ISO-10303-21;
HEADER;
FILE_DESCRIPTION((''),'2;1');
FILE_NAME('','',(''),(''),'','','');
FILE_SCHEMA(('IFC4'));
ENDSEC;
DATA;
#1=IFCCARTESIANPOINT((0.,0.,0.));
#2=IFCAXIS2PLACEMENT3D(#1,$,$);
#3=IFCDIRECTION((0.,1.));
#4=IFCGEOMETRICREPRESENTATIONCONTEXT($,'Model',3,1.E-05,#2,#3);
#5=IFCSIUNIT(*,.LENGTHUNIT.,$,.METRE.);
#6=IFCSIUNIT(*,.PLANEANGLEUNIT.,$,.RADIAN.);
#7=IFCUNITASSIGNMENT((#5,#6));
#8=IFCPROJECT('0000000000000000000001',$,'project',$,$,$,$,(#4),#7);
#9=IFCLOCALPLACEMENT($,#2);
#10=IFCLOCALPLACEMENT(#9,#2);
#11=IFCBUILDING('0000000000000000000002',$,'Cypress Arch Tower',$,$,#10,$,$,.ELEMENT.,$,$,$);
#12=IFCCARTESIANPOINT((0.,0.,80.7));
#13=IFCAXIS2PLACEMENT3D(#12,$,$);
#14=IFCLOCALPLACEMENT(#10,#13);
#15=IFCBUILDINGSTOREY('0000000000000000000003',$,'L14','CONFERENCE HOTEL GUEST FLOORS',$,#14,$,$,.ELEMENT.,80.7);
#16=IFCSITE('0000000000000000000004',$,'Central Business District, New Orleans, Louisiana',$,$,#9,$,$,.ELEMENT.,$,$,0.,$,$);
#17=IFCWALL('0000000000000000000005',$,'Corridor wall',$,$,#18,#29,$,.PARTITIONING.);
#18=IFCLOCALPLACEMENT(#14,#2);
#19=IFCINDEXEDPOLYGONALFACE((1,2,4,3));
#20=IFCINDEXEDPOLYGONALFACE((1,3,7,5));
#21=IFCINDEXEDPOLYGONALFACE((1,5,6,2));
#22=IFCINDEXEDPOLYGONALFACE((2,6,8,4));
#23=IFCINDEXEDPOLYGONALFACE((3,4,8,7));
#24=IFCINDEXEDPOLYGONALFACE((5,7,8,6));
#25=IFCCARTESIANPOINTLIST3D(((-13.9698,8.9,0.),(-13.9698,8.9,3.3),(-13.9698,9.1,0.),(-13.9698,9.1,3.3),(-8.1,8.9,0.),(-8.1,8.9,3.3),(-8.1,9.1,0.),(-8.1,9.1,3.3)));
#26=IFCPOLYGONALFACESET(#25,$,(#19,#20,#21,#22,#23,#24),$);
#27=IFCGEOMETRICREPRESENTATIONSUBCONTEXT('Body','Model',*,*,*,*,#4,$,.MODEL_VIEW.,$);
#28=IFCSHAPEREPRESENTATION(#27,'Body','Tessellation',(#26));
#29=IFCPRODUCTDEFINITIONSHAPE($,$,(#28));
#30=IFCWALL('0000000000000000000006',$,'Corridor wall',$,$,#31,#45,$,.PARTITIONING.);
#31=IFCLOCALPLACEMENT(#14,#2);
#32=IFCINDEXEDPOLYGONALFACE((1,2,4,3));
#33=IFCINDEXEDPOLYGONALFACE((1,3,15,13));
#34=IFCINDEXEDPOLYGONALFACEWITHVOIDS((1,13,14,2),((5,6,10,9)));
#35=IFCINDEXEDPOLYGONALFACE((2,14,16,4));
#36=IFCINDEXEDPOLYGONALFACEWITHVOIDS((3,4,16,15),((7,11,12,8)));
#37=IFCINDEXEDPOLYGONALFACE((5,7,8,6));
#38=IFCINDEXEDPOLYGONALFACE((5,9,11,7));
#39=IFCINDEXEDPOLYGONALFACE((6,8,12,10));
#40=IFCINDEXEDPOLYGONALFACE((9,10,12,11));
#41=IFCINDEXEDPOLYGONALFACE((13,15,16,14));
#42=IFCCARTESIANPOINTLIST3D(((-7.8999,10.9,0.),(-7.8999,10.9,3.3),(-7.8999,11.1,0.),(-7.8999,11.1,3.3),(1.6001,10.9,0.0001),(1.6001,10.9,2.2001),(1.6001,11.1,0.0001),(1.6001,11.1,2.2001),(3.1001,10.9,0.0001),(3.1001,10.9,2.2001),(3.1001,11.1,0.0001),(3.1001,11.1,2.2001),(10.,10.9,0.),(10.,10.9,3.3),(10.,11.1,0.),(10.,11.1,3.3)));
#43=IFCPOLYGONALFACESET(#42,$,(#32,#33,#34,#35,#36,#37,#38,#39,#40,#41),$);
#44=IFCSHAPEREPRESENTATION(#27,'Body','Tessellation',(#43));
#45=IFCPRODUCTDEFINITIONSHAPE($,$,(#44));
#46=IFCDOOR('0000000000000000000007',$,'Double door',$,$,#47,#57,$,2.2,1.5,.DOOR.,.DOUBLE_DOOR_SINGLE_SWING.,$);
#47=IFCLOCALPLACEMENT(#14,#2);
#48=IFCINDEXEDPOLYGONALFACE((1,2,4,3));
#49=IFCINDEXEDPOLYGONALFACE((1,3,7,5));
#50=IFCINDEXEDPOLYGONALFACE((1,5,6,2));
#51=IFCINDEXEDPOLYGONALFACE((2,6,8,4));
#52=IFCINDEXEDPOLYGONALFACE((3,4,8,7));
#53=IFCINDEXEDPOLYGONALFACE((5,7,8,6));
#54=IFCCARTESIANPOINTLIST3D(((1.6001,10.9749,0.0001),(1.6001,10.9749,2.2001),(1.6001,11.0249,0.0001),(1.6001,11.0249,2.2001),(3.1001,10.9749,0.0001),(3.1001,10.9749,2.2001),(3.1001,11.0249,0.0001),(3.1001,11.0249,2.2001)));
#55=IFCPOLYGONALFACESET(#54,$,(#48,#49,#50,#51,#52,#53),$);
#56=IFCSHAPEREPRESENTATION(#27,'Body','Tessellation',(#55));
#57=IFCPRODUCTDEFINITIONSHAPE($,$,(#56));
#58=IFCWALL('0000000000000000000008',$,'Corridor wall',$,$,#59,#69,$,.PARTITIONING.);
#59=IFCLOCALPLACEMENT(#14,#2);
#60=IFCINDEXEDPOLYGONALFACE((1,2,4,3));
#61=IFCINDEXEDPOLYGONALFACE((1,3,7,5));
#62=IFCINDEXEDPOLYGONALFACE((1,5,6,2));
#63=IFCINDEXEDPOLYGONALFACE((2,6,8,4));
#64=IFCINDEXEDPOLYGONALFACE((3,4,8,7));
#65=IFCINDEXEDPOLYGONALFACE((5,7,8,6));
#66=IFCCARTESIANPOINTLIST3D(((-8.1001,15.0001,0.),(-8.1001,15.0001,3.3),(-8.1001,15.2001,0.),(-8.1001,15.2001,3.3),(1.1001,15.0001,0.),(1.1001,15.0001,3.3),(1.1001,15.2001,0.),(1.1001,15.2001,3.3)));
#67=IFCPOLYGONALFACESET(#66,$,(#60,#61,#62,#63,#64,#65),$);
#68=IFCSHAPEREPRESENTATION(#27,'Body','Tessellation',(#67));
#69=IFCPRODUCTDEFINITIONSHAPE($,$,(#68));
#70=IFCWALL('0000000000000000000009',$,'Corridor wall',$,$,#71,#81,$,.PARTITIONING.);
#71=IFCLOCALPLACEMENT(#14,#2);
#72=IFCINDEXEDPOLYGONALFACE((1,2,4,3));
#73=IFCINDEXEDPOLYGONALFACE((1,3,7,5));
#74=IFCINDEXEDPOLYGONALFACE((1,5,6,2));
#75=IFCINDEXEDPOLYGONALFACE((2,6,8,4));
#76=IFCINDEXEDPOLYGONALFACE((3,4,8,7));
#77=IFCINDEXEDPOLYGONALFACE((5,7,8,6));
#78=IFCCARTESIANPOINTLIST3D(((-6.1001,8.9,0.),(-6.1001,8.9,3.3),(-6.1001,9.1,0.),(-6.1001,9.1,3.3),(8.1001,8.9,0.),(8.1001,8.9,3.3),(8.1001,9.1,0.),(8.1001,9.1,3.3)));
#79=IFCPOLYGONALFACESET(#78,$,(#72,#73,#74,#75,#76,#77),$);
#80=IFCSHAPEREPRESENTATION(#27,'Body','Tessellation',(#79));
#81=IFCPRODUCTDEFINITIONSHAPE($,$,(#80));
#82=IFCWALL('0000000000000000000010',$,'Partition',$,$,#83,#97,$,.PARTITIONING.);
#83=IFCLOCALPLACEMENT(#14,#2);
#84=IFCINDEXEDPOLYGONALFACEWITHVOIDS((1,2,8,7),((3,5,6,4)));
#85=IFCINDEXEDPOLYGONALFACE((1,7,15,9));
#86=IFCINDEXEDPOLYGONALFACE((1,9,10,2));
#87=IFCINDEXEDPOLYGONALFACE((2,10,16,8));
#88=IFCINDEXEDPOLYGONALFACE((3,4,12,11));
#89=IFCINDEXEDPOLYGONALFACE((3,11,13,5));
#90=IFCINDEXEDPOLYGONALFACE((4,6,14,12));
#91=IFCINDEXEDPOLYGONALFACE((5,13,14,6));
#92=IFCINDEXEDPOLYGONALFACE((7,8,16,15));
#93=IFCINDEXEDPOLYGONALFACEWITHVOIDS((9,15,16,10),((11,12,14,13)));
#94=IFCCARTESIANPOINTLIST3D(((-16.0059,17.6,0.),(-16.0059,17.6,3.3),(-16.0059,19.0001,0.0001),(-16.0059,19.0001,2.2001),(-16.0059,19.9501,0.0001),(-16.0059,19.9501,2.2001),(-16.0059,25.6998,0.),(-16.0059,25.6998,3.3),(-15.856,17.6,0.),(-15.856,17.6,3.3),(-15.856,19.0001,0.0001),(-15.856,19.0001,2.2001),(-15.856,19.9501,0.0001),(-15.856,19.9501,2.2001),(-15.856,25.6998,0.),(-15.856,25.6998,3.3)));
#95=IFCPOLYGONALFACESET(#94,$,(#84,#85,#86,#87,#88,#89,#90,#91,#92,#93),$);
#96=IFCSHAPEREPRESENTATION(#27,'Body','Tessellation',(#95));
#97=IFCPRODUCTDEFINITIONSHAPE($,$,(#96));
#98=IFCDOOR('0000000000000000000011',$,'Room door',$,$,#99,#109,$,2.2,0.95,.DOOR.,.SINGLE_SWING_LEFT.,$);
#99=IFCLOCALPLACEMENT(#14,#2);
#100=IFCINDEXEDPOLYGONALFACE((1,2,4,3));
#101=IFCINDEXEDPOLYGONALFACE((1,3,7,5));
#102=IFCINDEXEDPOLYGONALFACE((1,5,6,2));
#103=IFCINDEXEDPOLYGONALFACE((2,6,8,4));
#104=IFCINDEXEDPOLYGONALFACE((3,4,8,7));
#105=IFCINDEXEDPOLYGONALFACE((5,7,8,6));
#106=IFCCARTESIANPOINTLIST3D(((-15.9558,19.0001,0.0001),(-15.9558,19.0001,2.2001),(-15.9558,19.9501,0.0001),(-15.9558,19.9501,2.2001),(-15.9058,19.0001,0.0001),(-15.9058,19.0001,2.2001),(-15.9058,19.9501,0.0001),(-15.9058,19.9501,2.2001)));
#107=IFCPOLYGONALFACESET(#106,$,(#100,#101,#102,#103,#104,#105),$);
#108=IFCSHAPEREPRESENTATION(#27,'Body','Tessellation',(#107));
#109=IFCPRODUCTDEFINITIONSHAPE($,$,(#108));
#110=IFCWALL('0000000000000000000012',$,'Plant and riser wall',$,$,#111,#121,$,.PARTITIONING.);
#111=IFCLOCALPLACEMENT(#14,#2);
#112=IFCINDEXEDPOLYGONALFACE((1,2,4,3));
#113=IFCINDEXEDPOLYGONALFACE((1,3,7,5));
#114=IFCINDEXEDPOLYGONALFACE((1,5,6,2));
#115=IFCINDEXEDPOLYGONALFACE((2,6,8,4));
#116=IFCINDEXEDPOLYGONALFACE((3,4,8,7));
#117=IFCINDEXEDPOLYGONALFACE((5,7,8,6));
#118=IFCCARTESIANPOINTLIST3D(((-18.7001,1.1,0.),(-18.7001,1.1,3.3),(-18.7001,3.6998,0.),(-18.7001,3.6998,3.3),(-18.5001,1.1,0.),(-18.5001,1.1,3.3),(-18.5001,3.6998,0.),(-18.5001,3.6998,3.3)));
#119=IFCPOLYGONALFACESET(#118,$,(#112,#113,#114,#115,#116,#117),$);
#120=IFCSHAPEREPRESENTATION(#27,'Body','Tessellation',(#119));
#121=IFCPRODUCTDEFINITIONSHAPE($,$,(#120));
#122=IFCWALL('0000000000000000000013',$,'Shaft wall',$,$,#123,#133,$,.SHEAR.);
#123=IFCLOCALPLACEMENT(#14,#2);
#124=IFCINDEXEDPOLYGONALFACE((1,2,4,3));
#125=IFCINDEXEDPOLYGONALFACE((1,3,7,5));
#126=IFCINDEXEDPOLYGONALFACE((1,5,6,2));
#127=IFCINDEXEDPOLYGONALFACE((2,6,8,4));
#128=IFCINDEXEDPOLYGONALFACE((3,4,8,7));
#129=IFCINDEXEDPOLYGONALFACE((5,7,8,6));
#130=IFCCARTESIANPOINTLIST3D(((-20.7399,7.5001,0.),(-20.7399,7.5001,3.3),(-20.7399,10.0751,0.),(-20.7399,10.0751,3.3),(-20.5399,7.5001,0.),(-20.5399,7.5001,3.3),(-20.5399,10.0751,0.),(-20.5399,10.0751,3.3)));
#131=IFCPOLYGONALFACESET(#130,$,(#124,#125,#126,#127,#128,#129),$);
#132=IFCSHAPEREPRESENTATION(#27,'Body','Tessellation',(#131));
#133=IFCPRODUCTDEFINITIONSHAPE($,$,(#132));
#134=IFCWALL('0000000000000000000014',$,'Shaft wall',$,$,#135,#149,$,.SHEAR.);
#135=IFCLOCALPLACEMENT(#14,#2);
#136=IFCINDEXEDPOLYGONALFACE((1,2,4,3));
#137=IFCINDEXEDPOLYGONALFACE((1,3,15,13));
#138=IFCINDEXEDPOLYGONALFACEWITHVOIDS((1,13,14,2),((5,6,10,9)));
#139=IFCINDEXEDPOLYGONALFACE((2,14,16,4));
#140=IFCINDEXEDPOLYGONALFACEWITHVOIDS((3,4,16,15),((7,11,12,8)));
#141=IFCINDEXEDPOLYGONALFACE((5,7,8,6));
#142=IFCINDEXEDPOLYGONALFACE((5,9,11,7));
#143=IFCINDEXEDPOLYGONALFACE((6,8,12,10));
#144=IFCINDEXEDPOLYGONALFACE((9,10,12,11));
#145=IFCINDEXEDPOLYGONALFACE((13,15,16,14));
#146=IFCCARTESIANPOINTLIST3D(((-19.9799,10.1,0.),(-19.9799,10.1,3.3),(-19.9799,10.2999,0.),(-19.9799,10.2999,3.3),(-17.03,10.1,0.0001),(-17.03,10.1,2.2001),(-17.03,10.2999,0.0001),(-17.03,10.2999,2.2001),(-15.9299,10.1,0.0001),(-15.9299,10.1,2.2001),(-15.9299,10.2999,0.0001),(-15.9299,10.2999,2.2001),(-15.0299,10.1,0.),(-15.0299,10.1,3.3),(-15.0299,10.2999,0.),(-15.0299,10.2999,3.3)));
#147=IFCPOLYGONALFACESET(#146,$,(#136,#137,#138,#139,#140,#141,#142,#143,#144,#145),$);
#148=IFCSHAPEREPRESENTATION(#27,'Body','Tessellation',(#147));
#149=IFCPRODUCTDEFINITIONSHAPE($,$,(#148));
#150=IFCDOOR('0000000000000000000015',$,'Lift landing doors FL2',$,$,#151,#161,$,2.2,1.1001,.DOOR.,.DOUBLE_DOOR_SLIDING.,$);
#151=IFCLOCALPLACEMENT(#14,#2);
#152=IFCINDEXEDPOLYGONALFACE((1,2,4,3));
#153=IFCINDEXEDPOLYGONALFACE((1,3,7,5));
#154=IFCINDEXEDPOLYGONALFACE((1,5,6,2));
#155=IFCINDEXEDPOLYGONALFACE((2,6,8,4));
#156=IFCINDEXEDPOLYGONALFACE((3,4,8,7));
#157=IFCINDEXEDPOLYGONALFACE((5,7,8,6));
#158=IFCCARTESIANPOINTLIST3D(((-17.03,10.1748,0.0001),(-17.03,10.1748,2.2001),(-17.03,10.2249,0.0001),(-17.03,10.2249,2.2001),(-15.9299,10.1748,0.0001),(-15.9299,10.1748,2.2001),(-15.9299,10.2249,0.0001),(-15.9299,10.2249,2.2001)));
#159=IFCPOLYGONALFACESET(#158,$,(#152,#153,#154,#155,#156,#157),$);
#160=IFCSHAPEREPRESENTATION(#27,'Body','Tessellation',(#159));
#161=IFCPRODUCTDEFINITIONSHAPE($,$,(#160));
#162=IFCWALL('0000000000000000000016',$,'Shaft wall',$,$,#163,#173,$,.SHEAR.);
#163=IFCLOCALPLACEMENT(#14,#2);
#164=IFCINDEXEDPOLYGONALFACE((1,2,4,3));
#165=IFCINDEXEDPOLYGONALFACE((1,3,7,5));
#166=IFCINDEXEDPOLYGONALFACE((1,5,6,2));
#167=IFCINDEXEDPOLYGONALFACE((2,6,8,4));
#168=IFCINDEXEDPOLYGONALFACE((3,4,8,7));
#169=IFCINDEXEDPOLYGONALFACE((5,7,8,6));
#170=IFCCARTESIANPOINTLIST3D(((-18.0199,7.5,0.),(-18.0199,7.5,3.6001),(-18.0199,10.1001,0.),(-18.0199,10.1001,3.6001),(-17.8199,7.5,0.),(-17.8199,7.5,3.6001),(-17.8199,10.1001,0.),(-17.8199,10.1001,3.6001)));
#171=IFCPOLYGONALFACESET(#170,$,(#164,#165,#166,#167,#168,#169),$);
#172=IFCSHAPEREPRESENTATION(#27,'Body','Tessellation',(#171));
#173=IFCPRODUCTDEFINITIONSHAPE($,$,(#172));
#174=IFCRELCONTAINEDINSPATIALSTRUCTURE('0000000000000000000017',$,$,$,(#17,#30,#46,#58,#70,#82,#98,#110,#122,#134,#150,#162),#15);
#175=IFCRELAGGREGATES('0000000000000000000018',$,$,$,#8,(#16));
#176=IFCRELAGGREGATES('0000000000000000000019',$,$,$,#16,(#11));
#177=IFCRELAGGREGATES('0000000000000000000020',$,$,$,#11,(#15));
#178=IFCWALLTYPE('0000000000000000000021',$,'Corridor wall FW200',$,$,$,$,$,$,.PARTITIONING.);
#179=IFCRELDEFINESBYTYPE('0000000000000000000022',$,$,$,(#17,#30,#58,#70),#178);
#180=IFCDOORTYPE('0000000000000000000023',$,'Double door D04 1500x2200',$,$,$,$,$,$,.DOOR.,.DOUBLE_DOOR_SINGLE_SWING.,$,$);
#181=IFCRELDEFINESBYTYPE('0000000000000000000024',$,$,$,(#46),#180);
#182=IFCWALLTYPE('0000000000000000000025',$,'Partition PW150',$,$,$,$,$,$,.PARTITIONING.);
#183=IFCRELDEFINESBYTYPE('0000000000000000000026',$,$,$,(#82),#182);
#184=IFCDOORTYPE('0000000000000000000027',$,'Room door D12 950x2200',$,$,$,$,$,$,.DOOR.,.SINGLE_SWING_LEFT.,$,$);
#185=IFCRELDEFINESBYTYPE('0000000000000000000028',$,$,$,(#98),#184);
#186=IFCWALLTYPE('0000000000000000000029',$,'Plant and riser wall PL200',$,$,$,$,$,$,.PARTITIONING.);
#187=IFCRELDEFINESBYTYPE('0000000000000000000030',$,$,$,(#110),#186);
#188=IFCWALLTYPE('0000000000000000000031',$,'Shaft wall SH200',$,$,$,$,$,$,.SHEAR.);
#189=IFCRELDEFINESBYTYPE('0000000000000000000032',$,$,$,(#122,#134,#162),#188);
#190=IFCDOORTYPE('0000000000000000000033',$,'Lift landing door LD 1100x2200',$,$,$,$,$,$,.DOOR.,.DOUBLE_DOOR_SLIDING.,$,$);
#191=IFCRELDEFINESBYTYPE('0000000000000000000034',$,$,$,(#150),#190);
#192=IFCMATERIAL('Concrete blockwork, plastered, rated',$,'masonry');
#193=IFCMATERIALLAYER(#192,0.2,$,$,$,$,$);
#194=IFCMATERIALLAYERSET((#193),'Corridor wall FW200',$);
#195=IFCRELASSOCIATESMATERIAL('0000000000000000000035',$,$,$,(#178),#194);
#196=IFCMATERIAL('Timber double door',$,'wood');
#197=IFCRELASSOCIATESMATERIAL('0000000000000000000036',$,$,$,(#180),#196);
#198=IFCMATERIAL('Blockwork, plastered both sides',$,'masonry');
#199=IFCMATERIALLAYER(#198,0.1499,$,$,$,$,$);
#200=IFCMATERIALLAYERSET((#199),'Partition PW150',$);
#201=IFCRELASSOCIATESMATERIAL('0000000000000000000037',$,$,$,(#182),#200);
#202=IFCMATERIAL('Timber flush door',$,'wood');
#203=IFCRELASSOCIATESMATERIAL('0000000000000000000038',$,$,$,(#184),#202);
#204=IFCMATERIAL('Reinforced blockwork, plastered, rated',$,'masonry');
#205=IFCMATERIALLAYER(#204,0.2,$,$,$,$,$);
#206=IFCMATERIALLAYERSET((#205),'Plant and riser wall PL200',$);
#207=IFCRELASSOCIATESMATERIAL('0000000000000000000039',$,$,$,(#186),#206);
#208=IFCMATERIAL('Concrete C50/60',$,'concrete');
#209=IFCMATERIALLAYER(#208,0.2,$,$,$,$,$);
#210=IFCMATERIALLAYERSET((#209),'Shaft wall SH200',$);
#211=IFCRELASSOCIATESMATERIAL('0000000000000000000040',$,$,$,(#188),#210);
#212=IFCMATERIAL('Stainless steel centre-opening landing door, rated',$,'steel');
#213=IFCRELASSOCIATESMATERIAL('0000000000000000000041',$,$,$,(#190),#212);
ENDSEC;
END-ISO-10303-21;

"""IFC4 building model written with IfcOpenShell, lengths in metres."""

from ifc_helpers import new_model, si_unit, direction, frame, frame_2d, origin, place, context, subcontext, project, spatial, rectangle, extrude, material, layer, layer_set, type_object, element, fill, save


model = new_model("IFC4")

# Units and contexts
model_context = context("Model", 3, precision=1e-05, world=origin(), true_north=direction((0.0, 1.0)))
body_context = subcontext(model_context, "Body", "Model", "MODEL_VIEW")
ifc_project = project(units=[si_unit("LENGTHUNIT", "METRE"), si_unit("PLANEANGLEUNIT", "RADIAN")], contexts=[model_context])

# Site, building, storey
site_placement = place(None, origin())
site = spatial("IfcSite", under=ifc_project, at=site_placement, Name="Central Business District, New Orleans, Louisiana", CompositionType="ELEMENT", RefElevation=0.0)
building_placement = place(site_placement, origin())
building = spatial("IfcBuilding", under=site, at=building_placement, Name="Cypress Arch Tower", CompositionType="ELEMENT")
storey_placement = place(building_placement, frame((0.0, 0.0, 80.7)))
storey = spatial("IfcBuildingStorey", under=building, at=storey_placement, Name="L14", Description="CONFERENCE HOTEL GUEST FLOORS", CompositionType="ELEMENT", Elevation=80.7)

# Shared definitions
ifc_material_1 = material(Name="Concrete blockwork, plastered, rated", Category="masonry")
ifc_layer_1 = layer(ifc_material_1, 0.2)
ifc_layer_set_1 = layer_set([ifc_layer_1], Name="Corridor wall FW200")
wall_type_1 = type_object("IfcWallType", Name="Corridor wall FW200", PredefinedType="PARTITIONING", material=ifc_layer_set_1)

# Wall
wall_1_placement = place(storey_placement, frame((-13.97, 9.0, 0.0), z_axis=(0.0, 0.0, 1.0), x_axis=(1.0, 0.0, 0.0)))
element("IfcWall", 1, at=wall_1_placement, inside=storey, type_object=wall_type_1, Name="Corridor wall", PredefinedType="PARTITIONING", context=body_context, shape_type="SweptSolid", body=[
    extrude(rectangle(XDim=5.8699, YDim=0.2, at=frame_2d((2.9351, 0.0))), origin(), (0.0, 0.0, 1.0), 3.3),
])

# Wall, opening, door
wall_2_placement = place(storey_placement, frame((-7.8999, 11.0, 0.0), z_axis=(0.0, 0.0, 1.0), x_axis=(1.0, 0.0, 0.0)))
wall_2 = element("IfcWall", 2, at=wall_2_placement, inside=storey, type_object=wall_type_1, Name="Corridor wall", PredefinedType="PARTITIONING", context=body_context, shape_type="SweptSolid", body=[
    extrude(rectangle(XDim=17.8999, YDim=0.2, at=frame_2d((8.95, 0.0))), origin(), (0.0, 0.0, 1.0), 3.3),
])
opening_1_placement = place(wall_2_placement, frame((9.5, 0.0, 0.0)))
opening_1 = element("IfcOpeningElement", 3, at=opening_1_placement, cuts=wall_2, PredefinedType="OPENING", context=body_context, shape_type="SweptSolid", body=[
    extrude(rectangle(XDim=1.5, YDim=2.2, at=frame_2d((0.75, 1.1001))), frame((0.0, 0.1099, 0.0), z_axis=(0.0, -1.0, 0.0), x_axis=(1.0, 0.0, 0.0)), (0.0, 0.0, 1.0), 0.22),
])
ifc_material_2 = material(Name="Timber double door", Category="wood")
door_type_1 = type_object("IfcDoorType", Name="Double door D04 1500x2200", OperationType="DOUBLE_DOOR_SINGLE_SWING", PredefinedType="DOOR", material=ifc_material_2)
door_1_placement = place(opening_1_placement, origin())
door_1 = element("IfcDoor", 4, at=door_1_placement, inside=storey, type_object=door_type_1, Name="Double door", OperationType="DOUBLE_DOOR_SINGLE_SWING", OverallHeight=2.2, OverallWidth=1.5, PredefinedType="DOOR", context=body_context, shape_type="SweptSolid", body=[
    extrude(rectangle(XDim=1.5, YDim=2.2, at=frame_2d((0.75, 1.1001))), frame((0.0, 0.0249, 0.0), z_axis=(0.0, -1.0, 0.0), x_axis=(1.0, 0.0, 0.0)), (0.0, 0.0, 1.0), 0.05),
])
fill(opening_1, door_1)

# Walls
wall_3_placement = place(storey_placement, frame((-8.1001, 15.1001, 0.0), z_axis=(0.0, 0.0, 1.0), x_axis=(1.0, 0.0, 0.0)))
element("IfcWall", 5, at=wall_3_placement, inside=storey, type_object=wall_type_1, Name="Corridor wall", PredefinedType="PARTITIONING", context=body_context, shape_type="SweptSolid", body=[
    extrude(rectangle(XDim=9.2002, YDim=0.2, at=frame_2d((4.6001, 0.0))), origin(), (0.0, 0.0, 1.0), 3.3),
])
wall_4_placement = place(storey_placement, frame((-6.1001, 9.0, 0.0), z_axis=(0.0, 0.0, 1.0), x_axis=(1.0, 0.0, 0.0)))
element("IfcWall", 6, at=wall_4_placement, inside=storey, type_object=wall_type_1, Name="Corridor wall", PredefinedType="PARTITIONING", context=body_context, shape_type="SweptSolid", body=[
    extrude(rectangle(XDim=14.2002, YDim=0.2, at=frame_2d((7.1001, 0.0))), origin(), (0.0, 0.0, 1.0), 3.3),
])

# Wall, opening, door
ifc_material_3 = material(Name="Blockwork, plastered both sides", Category="masonry")
ifc_layer_2 = layer(ifc_material_3, 0.1499)
ifc_layer_set_2 = layer_set([ifc_layer_2], Name="Partition PW150")
wall_type_2 = type_object("IfcWallType", Name="Partition PW150", PredefinedType="PARTITIONING", material=ifc_layer_set_2)
wall_5_placement = place(storey_placement, frame((-15.9309, 17.6001, 0.0), z_axis=(0.0, 0.0, 1.0), x_axis=(0.0, 1.0, 0.0)))
wall_5 = element("IfcWall", 7, at=wall_5_placement, inside=storey, type_object=wall_type_2, Name="Partition", PredefinedType="PARTITIONING", context=body_context, shape_type="SweptSolid", body=[
    extrude(rectangle(XDim=8.0999, YDim=0.1499, at=frame_2d((4.0498, 0.0))), origin(), (0.0, 0.0, 1.0), 3.3),
])
opening_2_placement = place(wall_5_placement, frame((1.3999, 0.0, 0.0)))
opening_2 = element("IfcOpeningElement", 8, at=opening_2_placement, cuts=wall_5, PredefinedType="OPENING", context=body_context, shape_type="SweptSolid", body=[
    extrude(rectangle(XDim=0.95, YDim=2.2, at=frame_2d((0.4751, 1.1001))), frame((0.0, 0.085, 0.0), z_axis=(0.0, -1.0, 0.0), x_axis=(1.0, 0.0, 0.0)), (0.0, 0.0, 1.0), 0.1699),
])
ifc_material_4 = material(Name="Timber flush door", Category="wood")
door_type_2 = type_object("IfcDoorType", Name="Room door D12 950x2200", OperationType="SINGLE_SWING_LEFT", PredefinedType="DOOR", material=ifc_material_4)
door_2_placement = place(opening_2_placement, origin())
door_2 = element("IfcDoor", 9, at=door_2_placement, inside=storey, type_object=door_type_2, Name="Room door", OperationType="SINGLE_SWING_LEFT", OverallHeight=2.2, OverallWidth=0.95, PredefinedType="DOOR", context=body_context, shape_type="SweptSolid", body=[
    extrude(rectangle(XDim=0.95, YDim=2.2, at=frame_2d((0.4751, 1.1001))), frame((0.0, 0.0249, 0.0), z_axis=(0.0, -1.0, 0.0), x_axis=(1.0, 0.0, 0.0)), (0.0, 0.0, 1.0), 0.05),
])
fill(opening_2, door_2)

# Walls
ifc_material_5 = material(Name="Reinforced blockwork, plastered, rated", Category="masonry")
ifc_layer_3 = layer(ifc_material_5, 0.2)
ifc_layer_set_3 = layer_set([ifc_layer_3], Name="Plant and riser wall PL200")
wall_type_3 = type_object("IfcWallType", Name="Plant and riser wall PL200", PredefinedType="PARTITIONING", material=ifc_layer_set_3)
wall_6_placement = place(storey_placement, frame((-18.6001, 1.1001, 0.0), z_axis=(0.0, 0.0, 1.0), x_axis=(0.0, 1.0, 0.0)))
element("IfcWall", 10, at=wall_6_placement, inside=storey, type_object=wall_type_3, Name="Plant and riser wall", PredefinedType="PARTITIONING", context=body_context, shape_type="SweptSolid", body=[
    extrude(rectangle(XDim=2.5999, YDim=0.2, at=frame_2d((1.2998, 0.0))), origin(), (0.0, 0.0, 1.0), 3.3),
])
ifc_material_6 = material(Name="Concrete C50/60", Category="concrete")
ifc_layer_4 = layer(ifc_material_6, 0.2)
ifc_layer_set_4 = layer_set([ifc_layer_4], Name="Shaft wall SH200")
wall_type_4 = type_object("IfcWallType", Name="Shaft wall SH200", PredefinedType="SHEAR", material=ifc_layer_set_4)
wall_7_placement = place(storey_placement, frame((-20.6399, 7.5, 0.0), z_axis=(0.0, 0.0, 1.0), x_axis=(0.0, 1.0, 0.0)))
element("IfcWall", 11, at=wall_7_placement, inside=storey, type_object=wall_type_4, Name="Shaft wall", PredefinedType="SHEAR", context=body_context, shape_type="SweptSolid", body=[
    extrude(rectangle(XDim=2.575, YDim=0.2, at=frame_2d((1.2876, 0.0))), origin(), (0.0, 0.0, 1.0), 3.3),
])

# Wall, opening, door
wall_8_placement = place(storey_placement, frame((-19.98, 10.2, 0.0), z_axis=(0.0, 0.0, 1.0), x_axis=(1.0, 0.0, 0.0)))
wall_8 = element("IfcWall", 12, at=wall_8_placement, inside=storey, type_object=wall_type_4, Name="Shaft wall", PredefinedType="SHEAR", context=body_context, shape_type="SweptSolid", body=[
    extrude(rectangle(XDim=4.95, YDim=0.2, at=frame_2d((2.4751, 0.0))), origin(), (0.0, 0.0, 1.0), 3.3),
])
opening_3_placement = place(wall_8_placement, frame((2.95, 0.0, 0.0)))
opening_3 = element("IfcOpeningElement", 13, at=opening_3_placement, cuts=wall_8, PredefinedType="OPENING", context=body_context, shape_type="SweptSolid", body=[
    extrude(rectangle(XDim=1.1001, YDim=2.2, at=frame_2d((0.55, 1.1001))), frame((0.0, 0.1099, 0.0), z_axis=(0.0, -1.0, 0.0), x_axis=(1.0, 0.0, 0.0)), (0.0, 0.0, 1.0), 0.22),
])
ifc_material_7 = material(Name="Stainless steel centre-opening landing door, rated", Category="steel")
door_type_3 = type_object("IfcDoorType", Name="Lift landing door LD 1100x2200", OperationType="DOUBLE_DOOR_SLIDING", PredefinedType="DOOR", material=ifc_material_7)
door_3_placement = place(opening_3_placement, origin())
door_3 = element("IfcDoor", 14, at=door_3_placement, inside=storey, type_object=door_type_3, Name="Lift landing doors FL2", OperationType="DOUBLE_DOOR_SLIDING", OverallHeight=2.2, OverallWidth=1.1001, PredefinedType="DOOR", context=body_context, shape_type="SweptSolid", body=[
    extrude(rectangle(XDim=1.1001, YDim=2.2, at=frame_2d((0.55, 1.1001))), frame((0.0, 0.0249, 0.0), z_axis=(0.0, -1.0, 0.0), x_axis=(1.0, 0.0, 0.0)), (0.0, 0.0, 1.0), 0.05),
])
fill(opening_3, door_3)

# Wall
wall_9_placement = place(storey_placement, frame((-17.9199, 7.5, 0.0), z_axis=(0.0, 0.0, 1.0), x_axis=(0.0, 1.0, 0.0)))
element("IfcWall", 15, at=wall_9_placement, inside=storey, type_object=wall_type_4, Name="Shaft wall", PredefinedType="SHEAR", context=body_context, shape_type="SweptSolid", body=[
    extrude(rectangle(XDim=2.6001, YDim=0.2, at=frame_2d((1.3, 0.0))), origin(), (0.0, 0.0, 1.0), 3.6001),
])

save(model, "model.ifc")
